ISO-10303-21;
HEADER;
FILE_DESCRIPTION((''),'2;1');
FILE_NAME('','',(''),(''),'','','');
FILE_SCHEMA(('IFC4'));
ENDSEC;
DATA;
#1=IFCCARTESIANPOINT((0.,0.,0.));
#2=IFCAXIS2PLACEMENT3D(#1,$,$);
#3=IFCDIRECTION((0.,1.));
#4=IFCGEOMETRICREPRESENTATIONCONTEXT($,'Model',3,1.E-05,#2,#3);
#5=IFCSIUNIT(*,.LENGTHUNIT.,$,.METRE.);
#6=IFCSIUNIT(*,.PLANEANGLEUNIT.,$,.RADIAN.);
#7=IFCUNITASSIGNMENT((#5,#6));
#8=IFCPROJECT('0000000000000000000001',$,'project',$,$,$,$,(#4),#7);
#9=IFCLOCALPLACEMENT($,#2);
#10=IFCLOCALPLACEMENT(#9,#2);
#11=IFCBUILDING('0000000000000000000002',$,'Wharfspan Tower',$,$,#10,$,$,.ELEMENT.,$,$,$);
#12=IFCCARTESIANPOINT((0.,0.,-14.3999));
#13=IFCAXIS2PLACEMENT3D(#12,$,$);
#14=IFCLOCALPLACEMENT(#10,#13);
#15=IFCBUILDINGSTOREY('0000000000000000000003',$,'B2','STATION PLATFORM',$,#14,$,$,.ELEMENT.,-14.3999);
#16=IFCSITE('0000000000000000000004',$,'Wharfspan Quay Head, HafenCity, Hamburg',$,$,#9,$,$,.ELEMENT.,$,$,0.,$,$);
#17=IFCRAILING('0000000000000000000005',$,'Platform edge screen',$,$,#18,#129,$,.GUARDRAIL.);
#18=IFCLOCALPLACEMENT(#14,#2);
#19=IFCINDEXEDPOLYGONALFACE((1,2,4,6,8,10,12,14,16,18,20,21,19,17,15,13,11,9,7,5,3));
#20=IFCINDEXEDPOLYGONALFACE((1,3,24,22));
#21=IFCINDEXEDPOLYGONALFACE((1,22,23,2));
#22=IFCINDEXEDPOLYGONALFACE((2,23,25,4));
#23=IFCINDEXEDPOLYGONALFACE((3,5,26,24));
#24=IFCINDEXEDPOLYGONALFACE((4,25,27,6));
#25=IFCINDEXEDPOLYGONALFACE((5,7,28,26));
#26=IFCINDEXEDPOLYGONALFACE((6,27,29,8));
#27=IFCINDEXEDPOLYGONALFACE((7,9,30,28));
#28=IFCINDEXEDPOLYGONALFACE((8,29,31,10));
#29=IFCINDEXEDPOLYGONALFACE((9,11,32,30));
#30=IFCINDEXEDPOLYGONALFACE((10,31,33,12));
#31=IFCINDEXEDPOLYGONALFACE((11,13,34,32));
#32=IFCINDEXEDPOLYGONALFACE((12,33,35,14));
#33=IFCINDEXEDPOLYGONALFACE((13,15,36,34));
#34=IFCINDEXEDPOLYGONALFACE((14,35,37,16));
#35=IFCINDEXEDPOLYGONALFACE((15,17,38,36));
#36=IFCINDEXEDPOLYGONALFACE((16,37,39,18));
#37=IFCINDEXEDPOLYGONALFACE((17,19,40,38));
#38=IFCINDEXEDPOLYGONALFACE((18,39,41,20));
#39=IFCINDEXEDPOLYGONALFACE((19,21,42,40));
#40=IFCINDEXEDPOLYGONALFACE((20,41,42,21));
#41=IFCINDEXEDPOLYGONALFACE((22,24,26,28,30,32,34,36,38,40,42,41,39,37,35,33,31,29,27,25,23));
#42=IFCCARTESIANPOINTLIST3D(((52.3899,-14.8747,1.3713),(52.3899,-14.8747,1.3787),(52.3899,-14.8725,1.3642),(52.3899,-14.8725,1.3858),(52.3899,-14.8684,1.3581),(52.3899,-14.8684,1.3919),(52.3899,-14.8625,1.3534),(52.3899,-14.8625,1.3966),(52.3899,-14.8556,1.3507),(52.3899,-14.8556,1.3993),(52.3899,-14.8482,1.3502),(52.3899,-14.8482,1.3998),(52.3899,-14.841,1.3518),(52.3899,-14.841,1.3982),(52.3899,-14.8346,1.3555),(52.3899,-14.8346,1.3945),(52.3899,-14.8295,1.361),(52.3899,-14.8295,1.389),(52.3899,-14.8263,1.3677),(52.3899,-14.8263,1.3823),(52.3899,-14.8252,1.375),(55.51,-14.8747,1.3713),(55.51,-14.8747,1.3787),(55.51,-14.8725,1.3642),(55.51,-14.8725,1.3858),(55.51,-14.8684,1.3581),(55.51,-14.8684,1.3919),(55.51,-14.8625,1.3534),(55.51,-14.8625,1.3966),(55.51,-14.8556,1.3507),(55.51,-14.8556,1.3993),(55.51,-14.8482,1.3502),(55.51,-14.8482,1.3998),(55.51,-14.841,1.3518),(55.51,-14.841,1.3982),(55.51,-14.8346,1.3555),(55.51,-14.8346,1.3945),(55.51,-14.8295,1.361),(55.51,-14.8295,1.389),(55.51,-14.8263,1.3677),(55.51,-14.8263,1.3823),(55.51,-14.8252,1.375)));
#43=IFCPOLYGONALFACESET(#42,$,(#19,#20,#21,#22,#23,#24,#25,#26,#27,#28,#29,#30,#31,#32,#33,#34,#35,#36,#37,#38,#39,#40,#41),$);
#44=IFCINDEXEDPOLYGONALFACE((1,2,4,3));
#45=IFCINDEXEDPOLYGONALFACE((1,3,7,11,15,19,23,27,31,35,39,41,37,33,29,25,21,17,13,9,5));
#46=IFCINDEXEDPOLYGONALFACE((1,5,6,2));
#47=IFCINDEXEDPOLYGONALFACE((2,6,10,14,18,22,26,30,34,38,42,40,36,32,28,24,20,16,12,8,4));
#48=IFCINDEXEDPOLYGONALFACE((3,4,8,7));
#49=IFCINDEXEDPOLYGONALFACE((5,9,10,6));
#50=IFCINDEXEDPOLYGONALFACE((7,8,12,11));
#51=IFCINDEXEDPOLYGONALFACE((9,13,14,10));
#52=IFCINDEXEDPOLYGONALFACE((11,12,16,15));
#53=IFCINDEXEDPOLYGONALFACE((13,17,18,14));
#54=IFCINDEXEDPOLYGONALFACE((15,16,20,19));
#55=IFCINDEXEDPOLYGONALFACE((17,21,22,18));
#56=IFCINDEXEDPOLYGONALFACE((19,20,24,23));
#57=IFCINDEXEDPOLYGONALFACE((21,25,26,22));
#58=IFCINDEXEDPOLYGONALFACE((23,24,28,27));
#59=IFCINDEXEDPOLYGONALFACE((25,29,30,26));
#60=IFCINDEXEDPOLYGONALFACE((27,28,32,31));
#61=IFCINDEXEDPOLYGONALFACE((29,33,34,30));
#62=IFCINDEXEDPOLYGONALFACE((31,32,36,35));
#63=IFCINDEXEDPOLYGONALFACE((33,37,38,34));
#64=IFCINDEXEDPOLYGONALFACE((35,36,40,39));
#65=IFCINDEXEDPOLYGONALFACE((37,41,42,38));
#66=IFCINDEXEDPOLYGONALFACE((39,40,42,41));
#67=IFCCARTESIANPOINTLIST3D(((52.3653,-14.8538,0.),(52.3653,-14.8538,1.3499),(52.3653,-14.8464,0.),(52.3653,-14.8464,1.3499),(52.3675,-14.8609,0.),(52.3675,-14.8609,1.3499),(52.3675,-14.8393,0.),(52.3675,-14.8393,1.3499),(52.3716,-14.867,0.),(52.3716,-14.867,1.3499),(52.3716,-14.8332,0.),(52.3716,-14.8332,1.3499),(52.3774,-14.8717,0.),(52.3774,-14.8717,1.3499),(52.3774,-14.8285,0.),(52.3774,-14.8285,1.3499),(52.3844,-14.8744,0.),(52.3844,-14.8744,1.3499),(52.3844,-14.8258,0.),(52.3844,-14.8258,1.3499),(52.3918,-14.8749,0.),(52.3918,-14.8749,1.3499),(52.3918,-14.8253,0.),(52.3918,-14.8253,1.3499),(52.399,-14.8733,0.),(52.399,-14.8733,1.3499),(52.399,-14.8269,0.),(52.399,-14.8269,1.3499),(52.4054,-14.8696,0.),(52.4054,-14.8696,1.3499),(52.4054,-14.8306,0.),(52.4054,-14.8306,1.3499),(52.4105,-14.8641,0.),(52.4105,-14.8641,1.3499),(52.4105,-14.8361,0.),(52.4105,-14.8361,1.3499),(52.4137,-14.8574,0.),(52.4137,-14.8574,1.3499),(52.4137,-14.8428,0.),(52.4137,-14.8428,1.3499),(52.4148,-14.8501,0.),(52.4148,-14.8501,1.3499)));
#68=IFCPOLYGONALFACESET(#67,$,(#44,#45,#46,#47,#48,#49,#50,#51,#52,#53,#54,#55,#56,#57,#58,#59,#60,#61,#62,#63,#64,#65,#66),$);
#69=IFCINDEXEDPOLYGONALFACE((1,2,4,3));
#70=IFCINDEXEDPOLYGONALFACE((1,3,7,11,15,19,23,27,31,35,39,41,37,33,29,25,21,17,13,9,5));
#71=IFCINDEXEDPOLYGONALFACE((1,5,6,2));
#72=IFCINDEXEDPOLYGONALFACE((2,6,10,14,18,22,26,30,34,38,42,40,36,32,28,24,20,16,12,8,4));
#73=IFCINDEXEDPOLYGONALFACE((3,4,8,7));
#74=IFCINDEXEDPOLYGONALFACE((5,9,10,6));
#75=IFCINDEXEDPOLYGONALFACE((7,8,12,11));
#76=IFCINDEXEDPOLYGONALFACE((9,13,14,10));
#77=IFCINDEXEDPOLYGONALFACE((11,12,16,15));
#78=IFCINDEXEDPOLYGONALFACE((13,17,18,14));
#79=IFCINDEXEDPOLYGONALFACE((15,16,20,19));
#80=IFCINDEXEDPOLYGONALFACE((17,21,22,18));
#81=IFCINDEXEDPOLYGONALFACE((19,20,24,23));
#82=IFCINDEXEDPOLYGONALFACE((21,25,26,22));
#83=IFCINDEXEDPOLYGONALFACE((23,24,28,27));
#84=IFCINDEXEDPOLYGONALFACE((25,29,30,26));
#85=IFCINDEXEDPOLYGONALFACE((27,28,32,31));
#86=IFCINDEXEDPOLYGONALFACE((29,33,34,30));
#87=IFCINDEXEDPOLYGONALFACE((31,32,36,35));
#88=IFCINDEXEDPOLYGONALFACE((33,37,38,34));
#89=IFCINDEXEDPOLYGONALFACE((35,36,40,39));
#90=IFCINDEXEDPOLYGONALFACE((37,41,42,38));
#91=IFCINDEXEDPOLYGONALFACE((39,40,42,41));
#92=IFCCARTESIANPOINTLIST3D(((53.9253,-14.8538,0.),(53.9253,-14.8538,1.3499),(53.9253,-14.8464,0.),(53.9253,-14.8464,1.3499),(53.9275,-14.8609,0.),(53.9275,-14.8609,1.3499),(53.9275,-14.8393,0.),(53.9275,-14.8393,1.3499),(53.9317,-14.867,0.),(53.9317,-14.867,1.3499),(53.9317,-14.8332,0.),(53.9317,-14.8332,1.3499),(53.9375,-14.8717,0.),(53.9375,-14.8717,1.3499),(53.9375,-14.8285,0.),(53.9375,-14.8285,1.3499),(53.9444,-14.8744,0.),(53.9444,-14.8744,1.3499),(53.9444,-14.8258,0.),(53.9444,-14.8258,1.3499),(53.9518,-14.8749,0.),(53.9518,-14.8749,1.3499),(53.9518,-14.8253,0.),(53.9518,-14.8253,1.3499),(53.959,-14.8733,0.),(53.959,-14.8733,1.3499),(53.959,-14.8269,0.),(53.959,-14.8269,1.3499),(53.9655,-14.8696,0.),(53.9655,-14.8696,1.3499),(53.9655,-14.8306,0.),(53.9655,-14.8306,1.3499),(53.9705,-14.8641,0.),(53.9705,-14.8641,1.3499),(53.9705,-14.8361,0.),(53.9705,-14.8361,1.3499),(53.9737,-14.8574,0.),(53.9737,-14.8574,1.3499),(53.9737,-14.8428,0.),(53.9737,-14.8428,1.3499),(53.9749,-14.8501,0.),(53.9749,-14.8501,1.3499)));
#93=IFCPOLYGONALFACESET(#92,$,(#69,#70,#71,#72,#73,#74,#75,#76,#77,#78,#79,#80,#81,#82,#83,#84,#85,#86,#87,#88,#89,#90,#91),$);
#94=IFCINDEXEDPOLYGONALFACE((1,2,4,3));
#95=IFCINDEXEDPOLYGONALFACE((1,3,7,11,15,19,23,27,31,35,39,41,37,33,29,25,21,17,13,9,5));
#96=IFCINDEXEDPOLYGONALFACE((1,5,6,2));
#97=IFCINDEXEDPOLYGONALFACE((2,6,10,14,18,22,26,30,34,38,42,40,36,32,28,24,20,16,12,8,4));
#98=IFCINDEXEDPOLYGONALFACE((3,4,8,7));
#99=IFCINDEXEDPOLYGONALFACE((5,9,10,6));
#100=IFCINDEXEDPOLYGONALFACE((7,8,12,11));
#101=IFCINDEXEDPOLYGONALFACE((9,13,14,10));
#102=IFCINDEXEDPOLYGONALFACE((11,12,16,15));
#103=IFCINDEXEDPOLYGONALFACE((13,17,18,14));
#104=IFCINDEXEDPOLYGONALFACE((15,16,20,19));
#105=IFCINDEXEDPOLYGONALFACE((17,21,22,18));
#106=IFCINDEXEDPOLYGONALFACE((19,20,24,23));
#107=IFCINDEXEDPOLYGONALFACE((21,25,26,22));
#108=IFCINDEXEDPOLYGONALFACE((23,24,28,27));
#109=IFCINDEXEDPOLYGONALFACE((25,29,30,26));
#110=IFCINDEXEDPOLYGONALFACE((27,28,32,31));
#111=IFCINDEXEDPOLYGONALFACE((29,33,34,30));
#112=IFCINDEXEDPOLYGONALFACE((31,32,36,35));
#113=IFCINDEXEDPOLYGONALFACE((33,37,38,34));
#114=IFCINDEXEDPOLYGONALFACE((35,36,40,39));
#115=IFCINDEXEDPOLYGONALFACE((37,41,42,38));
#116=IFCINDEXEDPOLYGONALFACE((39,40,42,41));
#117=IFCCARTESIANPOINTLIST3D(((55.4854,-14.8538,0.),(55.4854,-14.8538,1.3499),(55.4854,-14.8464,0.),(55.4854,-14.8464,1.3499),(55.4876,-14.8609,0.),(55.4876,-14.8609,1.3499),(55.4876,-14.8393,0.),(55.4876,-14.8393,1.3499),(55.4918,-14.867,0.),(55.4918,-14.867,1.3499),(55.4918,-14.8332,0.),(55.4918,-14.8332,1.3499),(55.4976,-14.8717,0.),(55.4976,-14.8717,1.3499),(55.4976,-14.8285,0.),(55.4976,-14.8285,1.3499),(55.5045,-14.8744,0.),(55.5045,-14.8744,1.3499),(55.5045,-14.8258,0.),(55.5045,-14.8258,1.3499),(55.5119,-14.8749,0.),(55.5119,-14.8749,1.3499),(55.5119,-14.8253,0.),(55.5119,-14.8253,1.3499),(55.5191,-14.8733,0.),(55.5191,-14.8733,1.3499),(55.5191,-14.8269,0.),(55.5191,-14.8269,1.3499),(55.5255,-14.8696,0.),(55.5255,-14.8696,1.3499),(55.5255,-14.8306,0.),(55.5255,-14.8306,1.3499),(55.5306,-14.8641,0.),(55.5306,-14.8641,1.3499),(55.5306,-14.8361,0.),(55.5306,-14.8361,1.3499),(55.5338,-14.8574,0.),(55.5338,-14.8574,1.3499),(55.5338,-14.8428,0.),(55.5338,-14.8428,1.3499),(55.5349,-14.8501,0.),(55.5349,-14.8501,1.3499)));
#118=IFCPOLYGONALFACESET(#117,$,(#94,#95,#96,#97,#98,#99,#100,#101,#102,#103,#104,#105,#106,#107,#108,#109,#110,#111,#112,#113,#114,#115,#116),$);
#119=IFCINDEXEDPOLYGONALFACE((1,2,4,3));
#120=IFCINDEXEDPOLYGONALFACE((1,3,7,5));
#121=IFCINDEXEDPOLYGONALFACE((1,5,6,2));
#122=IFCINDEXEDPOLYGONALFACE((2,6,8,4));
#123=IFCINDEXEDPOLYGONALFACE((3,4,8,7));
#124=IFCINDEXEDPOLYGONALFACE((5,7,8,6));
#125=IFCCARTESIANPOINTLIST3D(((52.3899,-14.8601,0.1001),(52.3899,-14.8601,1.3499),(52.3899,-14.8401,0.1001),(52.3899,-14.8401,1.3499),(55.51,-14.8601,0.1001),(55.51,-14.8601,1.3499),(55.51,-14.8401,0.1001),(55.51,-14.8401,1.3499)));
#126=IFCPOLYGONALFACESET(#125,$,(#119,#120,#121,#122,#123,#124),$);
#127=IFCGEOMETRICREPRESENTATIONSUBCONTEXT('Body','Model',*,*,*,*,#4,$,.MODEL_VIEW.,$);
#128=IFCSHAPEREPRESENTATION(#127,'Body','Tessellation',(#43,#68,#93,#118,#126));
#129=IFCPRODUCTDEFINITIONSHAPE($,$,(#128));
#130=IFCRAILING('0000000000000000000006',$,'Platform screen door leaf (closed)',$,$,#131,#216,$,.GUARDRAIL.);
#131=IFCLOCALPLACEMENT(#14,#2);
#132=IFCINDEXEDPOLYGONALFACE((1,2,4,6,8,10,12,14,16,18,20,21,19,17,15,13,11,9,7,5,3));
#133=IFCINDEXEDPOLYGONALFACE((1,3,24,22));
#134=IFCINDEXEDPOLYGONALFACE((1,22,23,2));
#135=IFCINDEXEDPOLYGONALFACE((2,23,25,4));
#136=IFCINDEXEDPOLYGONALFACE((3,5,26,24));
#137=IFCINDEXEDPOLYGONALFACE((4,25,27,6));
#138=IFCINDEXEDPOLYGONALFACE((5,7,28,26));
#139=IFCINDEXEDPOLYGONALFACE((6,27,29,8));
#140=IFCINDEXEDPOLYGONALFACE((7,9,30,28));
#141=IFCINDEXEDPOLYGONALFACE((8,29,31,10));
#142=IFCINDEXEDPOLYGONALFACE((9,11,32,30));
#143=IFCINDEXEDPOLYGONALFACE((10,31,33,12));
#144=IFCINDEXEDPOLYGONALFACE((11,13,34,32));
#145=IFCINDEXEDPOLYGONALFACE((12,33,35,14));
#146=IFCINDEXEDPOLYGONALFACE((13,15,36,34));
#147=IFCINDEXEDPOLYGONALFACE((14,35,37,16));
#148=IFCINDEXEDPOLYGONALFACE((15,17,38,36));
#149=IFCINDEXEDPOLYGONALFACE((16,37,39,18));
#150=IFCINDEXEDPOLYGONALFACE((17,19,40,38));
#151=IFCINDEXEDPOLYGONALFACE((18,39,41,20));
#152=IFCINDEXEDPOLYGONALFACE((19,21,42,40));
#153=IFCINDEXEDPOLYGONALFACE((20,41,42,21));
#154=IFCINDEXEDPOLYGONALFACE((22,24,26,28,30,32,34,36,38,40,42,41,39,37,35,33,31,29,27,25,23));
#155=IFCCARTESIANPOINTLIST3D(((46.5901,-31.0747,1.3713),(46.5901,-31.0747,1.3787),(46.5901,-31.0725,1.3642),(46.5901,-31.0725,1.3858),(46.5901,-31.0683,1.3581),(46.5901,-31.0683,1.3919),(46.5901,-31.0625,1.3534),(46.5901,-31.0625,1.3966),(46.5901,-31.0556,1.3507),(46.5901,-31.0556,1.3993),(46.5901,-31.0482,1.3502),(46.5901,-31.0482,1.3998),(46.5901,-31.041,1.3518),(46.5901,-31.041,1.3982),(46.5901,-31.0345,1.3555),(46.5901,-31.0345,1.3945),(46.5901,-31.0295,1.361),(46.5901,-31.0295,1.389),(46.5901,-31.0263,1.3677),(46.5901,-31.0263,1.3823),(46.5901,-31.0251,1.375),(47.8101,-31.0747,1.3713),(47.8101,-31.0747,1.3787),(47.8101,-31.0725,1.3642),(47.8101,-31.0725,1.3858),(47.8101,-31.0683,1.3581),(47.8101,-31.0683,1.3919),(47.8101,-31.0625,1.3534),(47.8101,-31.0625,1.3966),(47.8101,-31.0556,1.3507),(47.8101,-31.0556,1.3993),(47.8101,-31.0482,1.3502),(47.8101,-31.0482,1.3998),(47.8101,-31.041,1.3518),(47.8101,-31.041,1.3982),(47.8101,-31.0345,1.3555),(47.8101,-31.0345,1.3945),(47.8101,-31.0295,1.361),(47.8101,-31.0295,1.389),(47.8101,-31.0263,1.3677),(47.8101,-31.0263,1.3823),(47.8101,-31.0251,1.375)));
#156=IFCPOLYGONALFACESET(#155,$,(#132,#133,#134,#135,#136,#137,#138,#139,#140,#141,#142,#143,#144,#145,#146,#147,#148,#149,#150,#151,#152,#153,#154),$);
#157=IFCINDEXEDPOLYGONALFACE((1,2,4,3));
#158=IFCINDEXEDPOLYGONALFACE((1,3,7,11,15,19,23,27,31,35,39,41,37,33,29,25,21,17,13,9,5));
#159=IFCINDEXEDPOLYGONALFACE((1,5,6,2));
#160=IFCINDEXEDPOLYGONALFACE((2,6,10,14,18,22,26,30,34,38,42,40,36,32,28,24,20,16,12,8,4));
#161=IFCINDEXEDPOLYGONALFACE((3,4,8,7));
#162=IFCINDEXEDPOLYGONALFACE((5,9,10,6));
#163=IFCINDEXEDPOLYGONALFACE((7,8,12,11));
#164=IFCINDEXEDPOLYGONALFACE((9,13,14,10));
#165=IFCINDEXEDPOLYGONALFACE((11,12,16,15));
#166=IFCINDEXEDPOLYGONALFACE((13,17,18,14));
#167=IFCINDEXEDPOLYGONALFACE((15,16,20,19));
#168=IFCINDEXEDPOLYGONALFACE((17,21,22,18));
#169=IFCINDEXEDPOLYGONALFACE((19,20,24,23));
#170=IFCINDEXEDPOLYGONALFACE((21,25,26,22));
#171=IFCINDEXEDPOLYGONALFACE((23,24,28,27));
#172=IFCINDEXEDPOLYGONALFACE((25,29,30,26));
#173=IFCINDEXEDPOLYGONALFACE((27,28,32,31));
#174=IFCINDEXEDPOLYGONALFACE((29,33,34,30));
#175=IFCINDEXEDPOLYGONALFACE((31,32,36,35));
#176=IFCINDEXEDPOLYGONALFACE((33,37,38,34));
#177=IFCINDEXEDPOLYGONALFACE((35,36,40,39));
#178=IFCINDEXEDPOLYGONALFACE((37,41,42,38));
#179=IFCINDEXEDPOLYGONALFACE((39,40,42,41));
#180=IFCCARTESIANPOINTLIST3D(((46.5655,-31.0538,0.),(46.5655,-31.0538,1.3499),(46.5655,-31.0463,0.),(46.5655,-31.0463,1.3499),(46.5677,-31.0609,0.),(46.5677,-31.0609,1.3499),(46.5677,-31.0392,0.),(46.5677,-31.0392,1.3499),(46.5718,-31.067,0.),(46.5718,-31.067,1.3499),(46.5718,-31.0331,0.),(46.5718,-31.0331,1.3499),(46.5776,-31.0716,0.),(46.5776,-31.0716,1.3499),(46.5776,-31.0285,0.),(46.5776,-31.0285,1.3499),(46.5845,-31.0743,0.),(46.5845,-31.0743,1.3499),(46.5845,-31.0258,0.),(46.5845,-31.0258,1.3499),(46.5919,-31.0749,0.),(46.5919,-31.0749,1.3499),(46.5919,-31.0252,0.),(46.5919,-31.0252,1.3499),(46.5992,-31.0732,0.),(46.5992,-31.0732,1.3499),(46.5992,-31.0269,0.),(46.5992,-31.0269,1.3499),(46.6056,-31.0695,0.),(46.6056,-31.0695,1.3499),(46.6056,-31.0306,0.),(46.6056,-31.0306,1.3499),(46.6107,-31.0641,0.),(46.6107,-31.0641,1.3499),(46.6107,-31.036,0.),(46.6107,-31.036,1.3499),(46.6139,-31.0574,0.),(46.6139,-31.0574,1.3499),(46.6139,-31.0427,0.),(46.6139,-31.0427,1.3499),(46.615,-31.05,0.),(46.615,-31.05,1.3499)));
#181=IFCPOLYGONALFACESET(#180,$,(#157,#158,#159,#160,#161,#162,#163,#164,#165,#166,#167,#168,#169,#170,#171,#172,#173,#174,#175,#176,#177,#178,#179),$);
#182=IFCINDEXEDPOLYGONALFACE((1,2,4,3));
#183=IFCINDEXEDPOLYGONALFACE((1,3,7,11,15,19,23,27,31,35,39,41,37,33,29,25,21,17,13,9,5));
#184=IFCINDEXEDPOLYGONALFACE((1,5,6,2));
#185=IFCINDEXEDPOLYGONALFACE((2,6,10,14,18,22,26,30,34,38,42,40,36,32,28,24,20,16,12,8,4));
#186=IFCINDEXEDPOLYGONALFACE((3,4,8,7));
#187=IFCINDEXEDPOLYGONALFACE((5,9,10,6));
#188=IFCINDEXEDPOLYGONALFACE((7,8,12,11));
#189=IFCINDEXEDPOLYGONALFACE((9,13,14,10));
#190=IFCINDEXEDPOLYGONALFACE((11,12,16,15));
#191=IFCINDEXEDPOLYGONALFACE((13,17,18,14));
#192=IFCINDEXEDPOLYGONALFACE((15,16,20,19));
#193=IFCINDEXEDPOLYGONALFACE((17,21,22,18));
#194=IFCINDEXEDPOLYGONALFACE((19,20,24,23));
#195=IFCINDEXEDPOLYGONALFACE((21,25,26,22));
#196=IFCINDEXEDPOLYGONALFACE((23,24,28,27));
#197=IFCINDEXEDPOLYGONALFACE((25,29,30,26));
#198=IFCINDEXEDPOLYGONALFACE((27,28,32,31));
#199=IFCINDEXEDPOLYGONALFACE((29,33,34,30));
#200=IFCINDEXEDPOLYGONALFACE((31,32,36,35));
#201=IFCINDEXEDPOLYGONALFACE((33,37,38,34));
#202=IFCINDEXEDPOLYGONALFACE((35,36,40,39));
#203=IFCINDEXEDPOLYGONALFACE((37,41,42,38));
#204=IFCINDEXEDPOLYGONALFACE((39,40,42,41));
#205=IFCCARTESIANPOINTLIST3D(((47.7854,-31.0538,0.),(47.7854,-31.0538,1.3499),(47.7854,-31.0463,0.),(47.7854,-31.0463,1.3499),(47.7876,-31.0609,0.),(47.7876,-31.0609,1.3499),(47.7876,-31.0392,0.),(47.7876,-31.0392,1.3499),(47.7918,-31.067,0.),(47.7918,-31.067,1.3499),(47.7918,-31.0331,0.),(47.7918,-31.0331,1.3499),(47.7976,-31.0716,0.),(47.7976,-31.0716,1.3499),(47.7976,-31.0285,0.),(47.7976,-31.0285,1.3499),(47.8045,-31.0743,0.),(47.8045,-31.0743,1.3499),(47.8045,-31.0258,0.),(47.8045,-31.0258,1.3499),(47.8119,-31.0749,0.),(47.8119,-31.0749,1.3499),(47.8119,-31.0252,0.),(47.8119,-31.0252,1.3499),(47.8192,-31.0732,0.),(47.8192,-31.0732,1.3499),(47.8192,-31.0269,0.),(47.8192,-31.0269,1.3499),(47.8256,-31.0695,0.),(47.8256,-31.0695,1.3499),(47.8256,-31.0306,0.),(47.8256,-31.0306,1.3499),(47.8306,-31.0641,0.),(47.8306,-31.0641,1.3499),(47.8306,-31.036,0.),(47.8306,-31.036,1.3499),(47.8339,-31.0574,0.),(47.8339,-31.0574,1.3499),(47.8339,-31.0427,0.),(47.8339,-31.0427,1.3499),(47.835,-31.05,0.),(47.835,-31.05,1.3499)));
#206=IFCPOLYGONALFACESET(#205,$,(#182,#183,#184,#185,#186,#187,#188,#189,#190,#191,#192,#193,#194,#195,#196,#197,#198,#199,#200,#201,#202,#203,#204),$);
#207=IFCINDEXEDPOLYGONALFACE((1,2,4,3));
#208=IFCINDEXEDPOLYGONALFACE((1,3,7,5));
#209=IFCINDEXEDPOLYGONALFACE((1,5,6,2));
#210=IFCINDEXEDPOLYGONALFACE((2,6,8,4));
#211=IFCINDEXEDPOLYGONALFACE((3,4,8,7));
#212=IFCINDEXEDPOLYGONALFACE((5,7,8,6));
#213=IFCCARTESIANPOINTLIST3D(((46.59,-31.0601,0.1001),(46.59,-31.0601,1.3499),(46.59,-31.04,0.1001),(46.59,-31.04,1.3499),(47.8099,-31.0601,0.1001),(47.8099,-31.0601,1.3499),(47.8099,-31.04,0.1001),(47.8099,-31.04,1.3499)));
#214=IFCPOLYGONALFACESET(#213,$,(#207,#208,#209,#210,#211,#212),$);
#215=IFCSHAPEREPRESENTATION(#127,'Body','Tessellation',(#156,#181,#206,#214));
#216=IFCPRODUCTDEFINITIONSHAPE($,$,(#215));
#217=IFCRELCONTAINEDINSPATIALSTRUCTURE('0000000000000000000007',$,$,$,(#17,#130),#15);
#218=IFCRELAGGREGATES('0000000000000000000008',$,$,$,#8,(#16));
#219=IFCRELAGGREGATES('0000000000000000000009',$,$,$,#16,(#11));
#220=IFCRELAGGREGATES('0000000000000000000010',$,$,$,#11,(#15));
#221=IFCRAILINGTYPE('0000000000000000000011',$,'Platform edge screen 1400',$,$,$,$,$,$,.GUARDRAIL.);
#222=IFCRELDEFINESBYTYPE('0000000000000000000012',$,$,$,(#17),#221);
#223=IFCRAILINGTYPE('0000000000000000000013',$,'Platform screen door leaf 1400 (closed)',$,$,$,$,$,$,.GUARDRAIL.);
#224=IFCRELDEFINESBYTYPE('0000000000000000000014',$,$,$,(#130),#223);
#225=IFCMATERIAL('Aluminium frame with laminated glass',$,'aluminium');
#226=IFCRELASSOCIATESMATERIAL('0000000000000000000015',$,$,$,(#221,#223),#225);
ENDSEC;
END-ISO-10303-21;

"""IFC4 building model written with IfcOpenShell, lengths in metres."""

from ifc_helpers import new_model, si_unit, direction, frame, origin, origin_2d, place, context, subcontext, project, spatial, rectangle, circle, extrude, material, type_object, element, save


model = new_model("IFC4")

# Units and contexts
model_context = context("Model", 3, precision=1e-05, world=origin(), true_north=direction((0.0, 1.0)))
body_context = subcontext(model_context, "Body", "Model", "MODEL_VIEW")
ifc_project = project(units=[si_unit("LENGTHUNIT", "METRE"), si_unit("PLANEANGLEUNIT", "RADIAN")], contexts=[model_context])

# Site, building, storey
site_placement = place(None, origin())
site = spatial("IfcSite", under=ifc_project, at=site_placement, Name="Wharfspan Quay Head, HafenCity, Hamburg", CompositionType="ELEMENT", RefElevation=0.0)
building_placement = place(site_placement, origin())
building = spatial("IfcBuilding", under=site, at=building_placement, Name="Wharfspan Tower", CompositionType="ELEMENT")
storey_placement = place(building_placement, frame((0.0, 0.0, -14.3999)))
storey = spatial("IfcBuildingStorey", under=building, at=storey_placement, Name="B2", Description="STATION PLATFORM", CompositionType="ELEMENT", Elevation=-14.3999)

# Railings
ifc_material_1 = material(Name="Aluminium frame with laminated glass", Category="aluminium")
railing_type_1 = type_object("IfcRailingType", Name="Platform edge screen 1400", PredefinedType="GUARDRAIL", material=ifc_material_1)
for number, where, name in (
    (1, (52.3899, -14.8501, 0.0), "Platform edge screen"),
):
    element("IfcRailing", number, at=place(storey_placement, frame(where)), inside=storey, type_object=railing_type_1, Name=name, PredefinedType="GUARDRAIL", context=body_context, shape_type="SweptSolid", body=[
        extrude(circle(Radius=0.0249, at=origin_2d()), frame((0.0, 0.0, 1.375), z_axis=(1.0, 0.0, 0.0), x_axis=(0.0, 1.0, 0.0)), (0.0, 0.0, 1.0), 3.1201),
        extrude(circle(Radius=0.0249, at=origin_2d()), origin(), (0.0, 0.0, 1.0), 1.3499),
        extrude(circle(Radius=0.0249, at=origin_2d()), frame((1.5601, 0.0, 0.0)), (0.0, 0.0, 1.0), 1.3499),
        extrude(circle(Radius=0.0249, at=origin_2d()), frame((3.1201, 0.0, 0.0)), (0.0, 0.0, 1.0), 1.3499),
        extrude(rectangle(XDim=3.1201, YDim=0.02, at=origin_2d()), frame((1.5601, 0.0, 0.1001), z_axis=(0.0, 0.0, 1.0), x_axis=(1.0, 0.0, 0.0)), (0.0, 0.0, 1.0), 1.2498),
    ])
railing_type_2 = type_object("IfcRailingType", Name="Platform screen door leaf 1400 (closed)", PredefinedType="GUARDRAIL", material=ifc_material_1)
for number, where, name in (
    (2, (46.5901, -31.05, 0.0), "Platform screen door leaf (closed)"),
):
    element("IfcRailing", number, at=place(storey_placement, frame(where)), inside=storey, type_object=railing_type_2, Name=name, PredefinedType="GUARDRAIL", context=body_context, shape_type="SweptSolid", body=[
        extrude(circle(Radius=0.0249, at=origin_2d()), frame((0.0, 0.0, 1.375), z_axis=(1.0, 0.0, 0.0), x_axis=(0.0, 1.0, 0.0)), (0.0, 0.0, 1.0), 1.22),
        extrude(circle(Radius=0.0249, at=origin_2d()), origin(), (0.0, 0.0, 1.0), 1.3499),
        extrude(circle(Radius=0.0249, at=origin_2d()), frame((1.22, 0.0, 0.0)), (0.0, 0.0, 1.0), 1.3499),
        extrude(rectangle(XDim=1.22, YDim=0.02, at=origin_2d()), frame((0.6099, 0.0, 0.1001), z_axis=(0.0, 0.0, 1.0), x_axis=(1.0, 0.0, 0.0)), (0.0, 0.0, 1.0), 1.2498),
    ])

save(model, "model.ifc")
